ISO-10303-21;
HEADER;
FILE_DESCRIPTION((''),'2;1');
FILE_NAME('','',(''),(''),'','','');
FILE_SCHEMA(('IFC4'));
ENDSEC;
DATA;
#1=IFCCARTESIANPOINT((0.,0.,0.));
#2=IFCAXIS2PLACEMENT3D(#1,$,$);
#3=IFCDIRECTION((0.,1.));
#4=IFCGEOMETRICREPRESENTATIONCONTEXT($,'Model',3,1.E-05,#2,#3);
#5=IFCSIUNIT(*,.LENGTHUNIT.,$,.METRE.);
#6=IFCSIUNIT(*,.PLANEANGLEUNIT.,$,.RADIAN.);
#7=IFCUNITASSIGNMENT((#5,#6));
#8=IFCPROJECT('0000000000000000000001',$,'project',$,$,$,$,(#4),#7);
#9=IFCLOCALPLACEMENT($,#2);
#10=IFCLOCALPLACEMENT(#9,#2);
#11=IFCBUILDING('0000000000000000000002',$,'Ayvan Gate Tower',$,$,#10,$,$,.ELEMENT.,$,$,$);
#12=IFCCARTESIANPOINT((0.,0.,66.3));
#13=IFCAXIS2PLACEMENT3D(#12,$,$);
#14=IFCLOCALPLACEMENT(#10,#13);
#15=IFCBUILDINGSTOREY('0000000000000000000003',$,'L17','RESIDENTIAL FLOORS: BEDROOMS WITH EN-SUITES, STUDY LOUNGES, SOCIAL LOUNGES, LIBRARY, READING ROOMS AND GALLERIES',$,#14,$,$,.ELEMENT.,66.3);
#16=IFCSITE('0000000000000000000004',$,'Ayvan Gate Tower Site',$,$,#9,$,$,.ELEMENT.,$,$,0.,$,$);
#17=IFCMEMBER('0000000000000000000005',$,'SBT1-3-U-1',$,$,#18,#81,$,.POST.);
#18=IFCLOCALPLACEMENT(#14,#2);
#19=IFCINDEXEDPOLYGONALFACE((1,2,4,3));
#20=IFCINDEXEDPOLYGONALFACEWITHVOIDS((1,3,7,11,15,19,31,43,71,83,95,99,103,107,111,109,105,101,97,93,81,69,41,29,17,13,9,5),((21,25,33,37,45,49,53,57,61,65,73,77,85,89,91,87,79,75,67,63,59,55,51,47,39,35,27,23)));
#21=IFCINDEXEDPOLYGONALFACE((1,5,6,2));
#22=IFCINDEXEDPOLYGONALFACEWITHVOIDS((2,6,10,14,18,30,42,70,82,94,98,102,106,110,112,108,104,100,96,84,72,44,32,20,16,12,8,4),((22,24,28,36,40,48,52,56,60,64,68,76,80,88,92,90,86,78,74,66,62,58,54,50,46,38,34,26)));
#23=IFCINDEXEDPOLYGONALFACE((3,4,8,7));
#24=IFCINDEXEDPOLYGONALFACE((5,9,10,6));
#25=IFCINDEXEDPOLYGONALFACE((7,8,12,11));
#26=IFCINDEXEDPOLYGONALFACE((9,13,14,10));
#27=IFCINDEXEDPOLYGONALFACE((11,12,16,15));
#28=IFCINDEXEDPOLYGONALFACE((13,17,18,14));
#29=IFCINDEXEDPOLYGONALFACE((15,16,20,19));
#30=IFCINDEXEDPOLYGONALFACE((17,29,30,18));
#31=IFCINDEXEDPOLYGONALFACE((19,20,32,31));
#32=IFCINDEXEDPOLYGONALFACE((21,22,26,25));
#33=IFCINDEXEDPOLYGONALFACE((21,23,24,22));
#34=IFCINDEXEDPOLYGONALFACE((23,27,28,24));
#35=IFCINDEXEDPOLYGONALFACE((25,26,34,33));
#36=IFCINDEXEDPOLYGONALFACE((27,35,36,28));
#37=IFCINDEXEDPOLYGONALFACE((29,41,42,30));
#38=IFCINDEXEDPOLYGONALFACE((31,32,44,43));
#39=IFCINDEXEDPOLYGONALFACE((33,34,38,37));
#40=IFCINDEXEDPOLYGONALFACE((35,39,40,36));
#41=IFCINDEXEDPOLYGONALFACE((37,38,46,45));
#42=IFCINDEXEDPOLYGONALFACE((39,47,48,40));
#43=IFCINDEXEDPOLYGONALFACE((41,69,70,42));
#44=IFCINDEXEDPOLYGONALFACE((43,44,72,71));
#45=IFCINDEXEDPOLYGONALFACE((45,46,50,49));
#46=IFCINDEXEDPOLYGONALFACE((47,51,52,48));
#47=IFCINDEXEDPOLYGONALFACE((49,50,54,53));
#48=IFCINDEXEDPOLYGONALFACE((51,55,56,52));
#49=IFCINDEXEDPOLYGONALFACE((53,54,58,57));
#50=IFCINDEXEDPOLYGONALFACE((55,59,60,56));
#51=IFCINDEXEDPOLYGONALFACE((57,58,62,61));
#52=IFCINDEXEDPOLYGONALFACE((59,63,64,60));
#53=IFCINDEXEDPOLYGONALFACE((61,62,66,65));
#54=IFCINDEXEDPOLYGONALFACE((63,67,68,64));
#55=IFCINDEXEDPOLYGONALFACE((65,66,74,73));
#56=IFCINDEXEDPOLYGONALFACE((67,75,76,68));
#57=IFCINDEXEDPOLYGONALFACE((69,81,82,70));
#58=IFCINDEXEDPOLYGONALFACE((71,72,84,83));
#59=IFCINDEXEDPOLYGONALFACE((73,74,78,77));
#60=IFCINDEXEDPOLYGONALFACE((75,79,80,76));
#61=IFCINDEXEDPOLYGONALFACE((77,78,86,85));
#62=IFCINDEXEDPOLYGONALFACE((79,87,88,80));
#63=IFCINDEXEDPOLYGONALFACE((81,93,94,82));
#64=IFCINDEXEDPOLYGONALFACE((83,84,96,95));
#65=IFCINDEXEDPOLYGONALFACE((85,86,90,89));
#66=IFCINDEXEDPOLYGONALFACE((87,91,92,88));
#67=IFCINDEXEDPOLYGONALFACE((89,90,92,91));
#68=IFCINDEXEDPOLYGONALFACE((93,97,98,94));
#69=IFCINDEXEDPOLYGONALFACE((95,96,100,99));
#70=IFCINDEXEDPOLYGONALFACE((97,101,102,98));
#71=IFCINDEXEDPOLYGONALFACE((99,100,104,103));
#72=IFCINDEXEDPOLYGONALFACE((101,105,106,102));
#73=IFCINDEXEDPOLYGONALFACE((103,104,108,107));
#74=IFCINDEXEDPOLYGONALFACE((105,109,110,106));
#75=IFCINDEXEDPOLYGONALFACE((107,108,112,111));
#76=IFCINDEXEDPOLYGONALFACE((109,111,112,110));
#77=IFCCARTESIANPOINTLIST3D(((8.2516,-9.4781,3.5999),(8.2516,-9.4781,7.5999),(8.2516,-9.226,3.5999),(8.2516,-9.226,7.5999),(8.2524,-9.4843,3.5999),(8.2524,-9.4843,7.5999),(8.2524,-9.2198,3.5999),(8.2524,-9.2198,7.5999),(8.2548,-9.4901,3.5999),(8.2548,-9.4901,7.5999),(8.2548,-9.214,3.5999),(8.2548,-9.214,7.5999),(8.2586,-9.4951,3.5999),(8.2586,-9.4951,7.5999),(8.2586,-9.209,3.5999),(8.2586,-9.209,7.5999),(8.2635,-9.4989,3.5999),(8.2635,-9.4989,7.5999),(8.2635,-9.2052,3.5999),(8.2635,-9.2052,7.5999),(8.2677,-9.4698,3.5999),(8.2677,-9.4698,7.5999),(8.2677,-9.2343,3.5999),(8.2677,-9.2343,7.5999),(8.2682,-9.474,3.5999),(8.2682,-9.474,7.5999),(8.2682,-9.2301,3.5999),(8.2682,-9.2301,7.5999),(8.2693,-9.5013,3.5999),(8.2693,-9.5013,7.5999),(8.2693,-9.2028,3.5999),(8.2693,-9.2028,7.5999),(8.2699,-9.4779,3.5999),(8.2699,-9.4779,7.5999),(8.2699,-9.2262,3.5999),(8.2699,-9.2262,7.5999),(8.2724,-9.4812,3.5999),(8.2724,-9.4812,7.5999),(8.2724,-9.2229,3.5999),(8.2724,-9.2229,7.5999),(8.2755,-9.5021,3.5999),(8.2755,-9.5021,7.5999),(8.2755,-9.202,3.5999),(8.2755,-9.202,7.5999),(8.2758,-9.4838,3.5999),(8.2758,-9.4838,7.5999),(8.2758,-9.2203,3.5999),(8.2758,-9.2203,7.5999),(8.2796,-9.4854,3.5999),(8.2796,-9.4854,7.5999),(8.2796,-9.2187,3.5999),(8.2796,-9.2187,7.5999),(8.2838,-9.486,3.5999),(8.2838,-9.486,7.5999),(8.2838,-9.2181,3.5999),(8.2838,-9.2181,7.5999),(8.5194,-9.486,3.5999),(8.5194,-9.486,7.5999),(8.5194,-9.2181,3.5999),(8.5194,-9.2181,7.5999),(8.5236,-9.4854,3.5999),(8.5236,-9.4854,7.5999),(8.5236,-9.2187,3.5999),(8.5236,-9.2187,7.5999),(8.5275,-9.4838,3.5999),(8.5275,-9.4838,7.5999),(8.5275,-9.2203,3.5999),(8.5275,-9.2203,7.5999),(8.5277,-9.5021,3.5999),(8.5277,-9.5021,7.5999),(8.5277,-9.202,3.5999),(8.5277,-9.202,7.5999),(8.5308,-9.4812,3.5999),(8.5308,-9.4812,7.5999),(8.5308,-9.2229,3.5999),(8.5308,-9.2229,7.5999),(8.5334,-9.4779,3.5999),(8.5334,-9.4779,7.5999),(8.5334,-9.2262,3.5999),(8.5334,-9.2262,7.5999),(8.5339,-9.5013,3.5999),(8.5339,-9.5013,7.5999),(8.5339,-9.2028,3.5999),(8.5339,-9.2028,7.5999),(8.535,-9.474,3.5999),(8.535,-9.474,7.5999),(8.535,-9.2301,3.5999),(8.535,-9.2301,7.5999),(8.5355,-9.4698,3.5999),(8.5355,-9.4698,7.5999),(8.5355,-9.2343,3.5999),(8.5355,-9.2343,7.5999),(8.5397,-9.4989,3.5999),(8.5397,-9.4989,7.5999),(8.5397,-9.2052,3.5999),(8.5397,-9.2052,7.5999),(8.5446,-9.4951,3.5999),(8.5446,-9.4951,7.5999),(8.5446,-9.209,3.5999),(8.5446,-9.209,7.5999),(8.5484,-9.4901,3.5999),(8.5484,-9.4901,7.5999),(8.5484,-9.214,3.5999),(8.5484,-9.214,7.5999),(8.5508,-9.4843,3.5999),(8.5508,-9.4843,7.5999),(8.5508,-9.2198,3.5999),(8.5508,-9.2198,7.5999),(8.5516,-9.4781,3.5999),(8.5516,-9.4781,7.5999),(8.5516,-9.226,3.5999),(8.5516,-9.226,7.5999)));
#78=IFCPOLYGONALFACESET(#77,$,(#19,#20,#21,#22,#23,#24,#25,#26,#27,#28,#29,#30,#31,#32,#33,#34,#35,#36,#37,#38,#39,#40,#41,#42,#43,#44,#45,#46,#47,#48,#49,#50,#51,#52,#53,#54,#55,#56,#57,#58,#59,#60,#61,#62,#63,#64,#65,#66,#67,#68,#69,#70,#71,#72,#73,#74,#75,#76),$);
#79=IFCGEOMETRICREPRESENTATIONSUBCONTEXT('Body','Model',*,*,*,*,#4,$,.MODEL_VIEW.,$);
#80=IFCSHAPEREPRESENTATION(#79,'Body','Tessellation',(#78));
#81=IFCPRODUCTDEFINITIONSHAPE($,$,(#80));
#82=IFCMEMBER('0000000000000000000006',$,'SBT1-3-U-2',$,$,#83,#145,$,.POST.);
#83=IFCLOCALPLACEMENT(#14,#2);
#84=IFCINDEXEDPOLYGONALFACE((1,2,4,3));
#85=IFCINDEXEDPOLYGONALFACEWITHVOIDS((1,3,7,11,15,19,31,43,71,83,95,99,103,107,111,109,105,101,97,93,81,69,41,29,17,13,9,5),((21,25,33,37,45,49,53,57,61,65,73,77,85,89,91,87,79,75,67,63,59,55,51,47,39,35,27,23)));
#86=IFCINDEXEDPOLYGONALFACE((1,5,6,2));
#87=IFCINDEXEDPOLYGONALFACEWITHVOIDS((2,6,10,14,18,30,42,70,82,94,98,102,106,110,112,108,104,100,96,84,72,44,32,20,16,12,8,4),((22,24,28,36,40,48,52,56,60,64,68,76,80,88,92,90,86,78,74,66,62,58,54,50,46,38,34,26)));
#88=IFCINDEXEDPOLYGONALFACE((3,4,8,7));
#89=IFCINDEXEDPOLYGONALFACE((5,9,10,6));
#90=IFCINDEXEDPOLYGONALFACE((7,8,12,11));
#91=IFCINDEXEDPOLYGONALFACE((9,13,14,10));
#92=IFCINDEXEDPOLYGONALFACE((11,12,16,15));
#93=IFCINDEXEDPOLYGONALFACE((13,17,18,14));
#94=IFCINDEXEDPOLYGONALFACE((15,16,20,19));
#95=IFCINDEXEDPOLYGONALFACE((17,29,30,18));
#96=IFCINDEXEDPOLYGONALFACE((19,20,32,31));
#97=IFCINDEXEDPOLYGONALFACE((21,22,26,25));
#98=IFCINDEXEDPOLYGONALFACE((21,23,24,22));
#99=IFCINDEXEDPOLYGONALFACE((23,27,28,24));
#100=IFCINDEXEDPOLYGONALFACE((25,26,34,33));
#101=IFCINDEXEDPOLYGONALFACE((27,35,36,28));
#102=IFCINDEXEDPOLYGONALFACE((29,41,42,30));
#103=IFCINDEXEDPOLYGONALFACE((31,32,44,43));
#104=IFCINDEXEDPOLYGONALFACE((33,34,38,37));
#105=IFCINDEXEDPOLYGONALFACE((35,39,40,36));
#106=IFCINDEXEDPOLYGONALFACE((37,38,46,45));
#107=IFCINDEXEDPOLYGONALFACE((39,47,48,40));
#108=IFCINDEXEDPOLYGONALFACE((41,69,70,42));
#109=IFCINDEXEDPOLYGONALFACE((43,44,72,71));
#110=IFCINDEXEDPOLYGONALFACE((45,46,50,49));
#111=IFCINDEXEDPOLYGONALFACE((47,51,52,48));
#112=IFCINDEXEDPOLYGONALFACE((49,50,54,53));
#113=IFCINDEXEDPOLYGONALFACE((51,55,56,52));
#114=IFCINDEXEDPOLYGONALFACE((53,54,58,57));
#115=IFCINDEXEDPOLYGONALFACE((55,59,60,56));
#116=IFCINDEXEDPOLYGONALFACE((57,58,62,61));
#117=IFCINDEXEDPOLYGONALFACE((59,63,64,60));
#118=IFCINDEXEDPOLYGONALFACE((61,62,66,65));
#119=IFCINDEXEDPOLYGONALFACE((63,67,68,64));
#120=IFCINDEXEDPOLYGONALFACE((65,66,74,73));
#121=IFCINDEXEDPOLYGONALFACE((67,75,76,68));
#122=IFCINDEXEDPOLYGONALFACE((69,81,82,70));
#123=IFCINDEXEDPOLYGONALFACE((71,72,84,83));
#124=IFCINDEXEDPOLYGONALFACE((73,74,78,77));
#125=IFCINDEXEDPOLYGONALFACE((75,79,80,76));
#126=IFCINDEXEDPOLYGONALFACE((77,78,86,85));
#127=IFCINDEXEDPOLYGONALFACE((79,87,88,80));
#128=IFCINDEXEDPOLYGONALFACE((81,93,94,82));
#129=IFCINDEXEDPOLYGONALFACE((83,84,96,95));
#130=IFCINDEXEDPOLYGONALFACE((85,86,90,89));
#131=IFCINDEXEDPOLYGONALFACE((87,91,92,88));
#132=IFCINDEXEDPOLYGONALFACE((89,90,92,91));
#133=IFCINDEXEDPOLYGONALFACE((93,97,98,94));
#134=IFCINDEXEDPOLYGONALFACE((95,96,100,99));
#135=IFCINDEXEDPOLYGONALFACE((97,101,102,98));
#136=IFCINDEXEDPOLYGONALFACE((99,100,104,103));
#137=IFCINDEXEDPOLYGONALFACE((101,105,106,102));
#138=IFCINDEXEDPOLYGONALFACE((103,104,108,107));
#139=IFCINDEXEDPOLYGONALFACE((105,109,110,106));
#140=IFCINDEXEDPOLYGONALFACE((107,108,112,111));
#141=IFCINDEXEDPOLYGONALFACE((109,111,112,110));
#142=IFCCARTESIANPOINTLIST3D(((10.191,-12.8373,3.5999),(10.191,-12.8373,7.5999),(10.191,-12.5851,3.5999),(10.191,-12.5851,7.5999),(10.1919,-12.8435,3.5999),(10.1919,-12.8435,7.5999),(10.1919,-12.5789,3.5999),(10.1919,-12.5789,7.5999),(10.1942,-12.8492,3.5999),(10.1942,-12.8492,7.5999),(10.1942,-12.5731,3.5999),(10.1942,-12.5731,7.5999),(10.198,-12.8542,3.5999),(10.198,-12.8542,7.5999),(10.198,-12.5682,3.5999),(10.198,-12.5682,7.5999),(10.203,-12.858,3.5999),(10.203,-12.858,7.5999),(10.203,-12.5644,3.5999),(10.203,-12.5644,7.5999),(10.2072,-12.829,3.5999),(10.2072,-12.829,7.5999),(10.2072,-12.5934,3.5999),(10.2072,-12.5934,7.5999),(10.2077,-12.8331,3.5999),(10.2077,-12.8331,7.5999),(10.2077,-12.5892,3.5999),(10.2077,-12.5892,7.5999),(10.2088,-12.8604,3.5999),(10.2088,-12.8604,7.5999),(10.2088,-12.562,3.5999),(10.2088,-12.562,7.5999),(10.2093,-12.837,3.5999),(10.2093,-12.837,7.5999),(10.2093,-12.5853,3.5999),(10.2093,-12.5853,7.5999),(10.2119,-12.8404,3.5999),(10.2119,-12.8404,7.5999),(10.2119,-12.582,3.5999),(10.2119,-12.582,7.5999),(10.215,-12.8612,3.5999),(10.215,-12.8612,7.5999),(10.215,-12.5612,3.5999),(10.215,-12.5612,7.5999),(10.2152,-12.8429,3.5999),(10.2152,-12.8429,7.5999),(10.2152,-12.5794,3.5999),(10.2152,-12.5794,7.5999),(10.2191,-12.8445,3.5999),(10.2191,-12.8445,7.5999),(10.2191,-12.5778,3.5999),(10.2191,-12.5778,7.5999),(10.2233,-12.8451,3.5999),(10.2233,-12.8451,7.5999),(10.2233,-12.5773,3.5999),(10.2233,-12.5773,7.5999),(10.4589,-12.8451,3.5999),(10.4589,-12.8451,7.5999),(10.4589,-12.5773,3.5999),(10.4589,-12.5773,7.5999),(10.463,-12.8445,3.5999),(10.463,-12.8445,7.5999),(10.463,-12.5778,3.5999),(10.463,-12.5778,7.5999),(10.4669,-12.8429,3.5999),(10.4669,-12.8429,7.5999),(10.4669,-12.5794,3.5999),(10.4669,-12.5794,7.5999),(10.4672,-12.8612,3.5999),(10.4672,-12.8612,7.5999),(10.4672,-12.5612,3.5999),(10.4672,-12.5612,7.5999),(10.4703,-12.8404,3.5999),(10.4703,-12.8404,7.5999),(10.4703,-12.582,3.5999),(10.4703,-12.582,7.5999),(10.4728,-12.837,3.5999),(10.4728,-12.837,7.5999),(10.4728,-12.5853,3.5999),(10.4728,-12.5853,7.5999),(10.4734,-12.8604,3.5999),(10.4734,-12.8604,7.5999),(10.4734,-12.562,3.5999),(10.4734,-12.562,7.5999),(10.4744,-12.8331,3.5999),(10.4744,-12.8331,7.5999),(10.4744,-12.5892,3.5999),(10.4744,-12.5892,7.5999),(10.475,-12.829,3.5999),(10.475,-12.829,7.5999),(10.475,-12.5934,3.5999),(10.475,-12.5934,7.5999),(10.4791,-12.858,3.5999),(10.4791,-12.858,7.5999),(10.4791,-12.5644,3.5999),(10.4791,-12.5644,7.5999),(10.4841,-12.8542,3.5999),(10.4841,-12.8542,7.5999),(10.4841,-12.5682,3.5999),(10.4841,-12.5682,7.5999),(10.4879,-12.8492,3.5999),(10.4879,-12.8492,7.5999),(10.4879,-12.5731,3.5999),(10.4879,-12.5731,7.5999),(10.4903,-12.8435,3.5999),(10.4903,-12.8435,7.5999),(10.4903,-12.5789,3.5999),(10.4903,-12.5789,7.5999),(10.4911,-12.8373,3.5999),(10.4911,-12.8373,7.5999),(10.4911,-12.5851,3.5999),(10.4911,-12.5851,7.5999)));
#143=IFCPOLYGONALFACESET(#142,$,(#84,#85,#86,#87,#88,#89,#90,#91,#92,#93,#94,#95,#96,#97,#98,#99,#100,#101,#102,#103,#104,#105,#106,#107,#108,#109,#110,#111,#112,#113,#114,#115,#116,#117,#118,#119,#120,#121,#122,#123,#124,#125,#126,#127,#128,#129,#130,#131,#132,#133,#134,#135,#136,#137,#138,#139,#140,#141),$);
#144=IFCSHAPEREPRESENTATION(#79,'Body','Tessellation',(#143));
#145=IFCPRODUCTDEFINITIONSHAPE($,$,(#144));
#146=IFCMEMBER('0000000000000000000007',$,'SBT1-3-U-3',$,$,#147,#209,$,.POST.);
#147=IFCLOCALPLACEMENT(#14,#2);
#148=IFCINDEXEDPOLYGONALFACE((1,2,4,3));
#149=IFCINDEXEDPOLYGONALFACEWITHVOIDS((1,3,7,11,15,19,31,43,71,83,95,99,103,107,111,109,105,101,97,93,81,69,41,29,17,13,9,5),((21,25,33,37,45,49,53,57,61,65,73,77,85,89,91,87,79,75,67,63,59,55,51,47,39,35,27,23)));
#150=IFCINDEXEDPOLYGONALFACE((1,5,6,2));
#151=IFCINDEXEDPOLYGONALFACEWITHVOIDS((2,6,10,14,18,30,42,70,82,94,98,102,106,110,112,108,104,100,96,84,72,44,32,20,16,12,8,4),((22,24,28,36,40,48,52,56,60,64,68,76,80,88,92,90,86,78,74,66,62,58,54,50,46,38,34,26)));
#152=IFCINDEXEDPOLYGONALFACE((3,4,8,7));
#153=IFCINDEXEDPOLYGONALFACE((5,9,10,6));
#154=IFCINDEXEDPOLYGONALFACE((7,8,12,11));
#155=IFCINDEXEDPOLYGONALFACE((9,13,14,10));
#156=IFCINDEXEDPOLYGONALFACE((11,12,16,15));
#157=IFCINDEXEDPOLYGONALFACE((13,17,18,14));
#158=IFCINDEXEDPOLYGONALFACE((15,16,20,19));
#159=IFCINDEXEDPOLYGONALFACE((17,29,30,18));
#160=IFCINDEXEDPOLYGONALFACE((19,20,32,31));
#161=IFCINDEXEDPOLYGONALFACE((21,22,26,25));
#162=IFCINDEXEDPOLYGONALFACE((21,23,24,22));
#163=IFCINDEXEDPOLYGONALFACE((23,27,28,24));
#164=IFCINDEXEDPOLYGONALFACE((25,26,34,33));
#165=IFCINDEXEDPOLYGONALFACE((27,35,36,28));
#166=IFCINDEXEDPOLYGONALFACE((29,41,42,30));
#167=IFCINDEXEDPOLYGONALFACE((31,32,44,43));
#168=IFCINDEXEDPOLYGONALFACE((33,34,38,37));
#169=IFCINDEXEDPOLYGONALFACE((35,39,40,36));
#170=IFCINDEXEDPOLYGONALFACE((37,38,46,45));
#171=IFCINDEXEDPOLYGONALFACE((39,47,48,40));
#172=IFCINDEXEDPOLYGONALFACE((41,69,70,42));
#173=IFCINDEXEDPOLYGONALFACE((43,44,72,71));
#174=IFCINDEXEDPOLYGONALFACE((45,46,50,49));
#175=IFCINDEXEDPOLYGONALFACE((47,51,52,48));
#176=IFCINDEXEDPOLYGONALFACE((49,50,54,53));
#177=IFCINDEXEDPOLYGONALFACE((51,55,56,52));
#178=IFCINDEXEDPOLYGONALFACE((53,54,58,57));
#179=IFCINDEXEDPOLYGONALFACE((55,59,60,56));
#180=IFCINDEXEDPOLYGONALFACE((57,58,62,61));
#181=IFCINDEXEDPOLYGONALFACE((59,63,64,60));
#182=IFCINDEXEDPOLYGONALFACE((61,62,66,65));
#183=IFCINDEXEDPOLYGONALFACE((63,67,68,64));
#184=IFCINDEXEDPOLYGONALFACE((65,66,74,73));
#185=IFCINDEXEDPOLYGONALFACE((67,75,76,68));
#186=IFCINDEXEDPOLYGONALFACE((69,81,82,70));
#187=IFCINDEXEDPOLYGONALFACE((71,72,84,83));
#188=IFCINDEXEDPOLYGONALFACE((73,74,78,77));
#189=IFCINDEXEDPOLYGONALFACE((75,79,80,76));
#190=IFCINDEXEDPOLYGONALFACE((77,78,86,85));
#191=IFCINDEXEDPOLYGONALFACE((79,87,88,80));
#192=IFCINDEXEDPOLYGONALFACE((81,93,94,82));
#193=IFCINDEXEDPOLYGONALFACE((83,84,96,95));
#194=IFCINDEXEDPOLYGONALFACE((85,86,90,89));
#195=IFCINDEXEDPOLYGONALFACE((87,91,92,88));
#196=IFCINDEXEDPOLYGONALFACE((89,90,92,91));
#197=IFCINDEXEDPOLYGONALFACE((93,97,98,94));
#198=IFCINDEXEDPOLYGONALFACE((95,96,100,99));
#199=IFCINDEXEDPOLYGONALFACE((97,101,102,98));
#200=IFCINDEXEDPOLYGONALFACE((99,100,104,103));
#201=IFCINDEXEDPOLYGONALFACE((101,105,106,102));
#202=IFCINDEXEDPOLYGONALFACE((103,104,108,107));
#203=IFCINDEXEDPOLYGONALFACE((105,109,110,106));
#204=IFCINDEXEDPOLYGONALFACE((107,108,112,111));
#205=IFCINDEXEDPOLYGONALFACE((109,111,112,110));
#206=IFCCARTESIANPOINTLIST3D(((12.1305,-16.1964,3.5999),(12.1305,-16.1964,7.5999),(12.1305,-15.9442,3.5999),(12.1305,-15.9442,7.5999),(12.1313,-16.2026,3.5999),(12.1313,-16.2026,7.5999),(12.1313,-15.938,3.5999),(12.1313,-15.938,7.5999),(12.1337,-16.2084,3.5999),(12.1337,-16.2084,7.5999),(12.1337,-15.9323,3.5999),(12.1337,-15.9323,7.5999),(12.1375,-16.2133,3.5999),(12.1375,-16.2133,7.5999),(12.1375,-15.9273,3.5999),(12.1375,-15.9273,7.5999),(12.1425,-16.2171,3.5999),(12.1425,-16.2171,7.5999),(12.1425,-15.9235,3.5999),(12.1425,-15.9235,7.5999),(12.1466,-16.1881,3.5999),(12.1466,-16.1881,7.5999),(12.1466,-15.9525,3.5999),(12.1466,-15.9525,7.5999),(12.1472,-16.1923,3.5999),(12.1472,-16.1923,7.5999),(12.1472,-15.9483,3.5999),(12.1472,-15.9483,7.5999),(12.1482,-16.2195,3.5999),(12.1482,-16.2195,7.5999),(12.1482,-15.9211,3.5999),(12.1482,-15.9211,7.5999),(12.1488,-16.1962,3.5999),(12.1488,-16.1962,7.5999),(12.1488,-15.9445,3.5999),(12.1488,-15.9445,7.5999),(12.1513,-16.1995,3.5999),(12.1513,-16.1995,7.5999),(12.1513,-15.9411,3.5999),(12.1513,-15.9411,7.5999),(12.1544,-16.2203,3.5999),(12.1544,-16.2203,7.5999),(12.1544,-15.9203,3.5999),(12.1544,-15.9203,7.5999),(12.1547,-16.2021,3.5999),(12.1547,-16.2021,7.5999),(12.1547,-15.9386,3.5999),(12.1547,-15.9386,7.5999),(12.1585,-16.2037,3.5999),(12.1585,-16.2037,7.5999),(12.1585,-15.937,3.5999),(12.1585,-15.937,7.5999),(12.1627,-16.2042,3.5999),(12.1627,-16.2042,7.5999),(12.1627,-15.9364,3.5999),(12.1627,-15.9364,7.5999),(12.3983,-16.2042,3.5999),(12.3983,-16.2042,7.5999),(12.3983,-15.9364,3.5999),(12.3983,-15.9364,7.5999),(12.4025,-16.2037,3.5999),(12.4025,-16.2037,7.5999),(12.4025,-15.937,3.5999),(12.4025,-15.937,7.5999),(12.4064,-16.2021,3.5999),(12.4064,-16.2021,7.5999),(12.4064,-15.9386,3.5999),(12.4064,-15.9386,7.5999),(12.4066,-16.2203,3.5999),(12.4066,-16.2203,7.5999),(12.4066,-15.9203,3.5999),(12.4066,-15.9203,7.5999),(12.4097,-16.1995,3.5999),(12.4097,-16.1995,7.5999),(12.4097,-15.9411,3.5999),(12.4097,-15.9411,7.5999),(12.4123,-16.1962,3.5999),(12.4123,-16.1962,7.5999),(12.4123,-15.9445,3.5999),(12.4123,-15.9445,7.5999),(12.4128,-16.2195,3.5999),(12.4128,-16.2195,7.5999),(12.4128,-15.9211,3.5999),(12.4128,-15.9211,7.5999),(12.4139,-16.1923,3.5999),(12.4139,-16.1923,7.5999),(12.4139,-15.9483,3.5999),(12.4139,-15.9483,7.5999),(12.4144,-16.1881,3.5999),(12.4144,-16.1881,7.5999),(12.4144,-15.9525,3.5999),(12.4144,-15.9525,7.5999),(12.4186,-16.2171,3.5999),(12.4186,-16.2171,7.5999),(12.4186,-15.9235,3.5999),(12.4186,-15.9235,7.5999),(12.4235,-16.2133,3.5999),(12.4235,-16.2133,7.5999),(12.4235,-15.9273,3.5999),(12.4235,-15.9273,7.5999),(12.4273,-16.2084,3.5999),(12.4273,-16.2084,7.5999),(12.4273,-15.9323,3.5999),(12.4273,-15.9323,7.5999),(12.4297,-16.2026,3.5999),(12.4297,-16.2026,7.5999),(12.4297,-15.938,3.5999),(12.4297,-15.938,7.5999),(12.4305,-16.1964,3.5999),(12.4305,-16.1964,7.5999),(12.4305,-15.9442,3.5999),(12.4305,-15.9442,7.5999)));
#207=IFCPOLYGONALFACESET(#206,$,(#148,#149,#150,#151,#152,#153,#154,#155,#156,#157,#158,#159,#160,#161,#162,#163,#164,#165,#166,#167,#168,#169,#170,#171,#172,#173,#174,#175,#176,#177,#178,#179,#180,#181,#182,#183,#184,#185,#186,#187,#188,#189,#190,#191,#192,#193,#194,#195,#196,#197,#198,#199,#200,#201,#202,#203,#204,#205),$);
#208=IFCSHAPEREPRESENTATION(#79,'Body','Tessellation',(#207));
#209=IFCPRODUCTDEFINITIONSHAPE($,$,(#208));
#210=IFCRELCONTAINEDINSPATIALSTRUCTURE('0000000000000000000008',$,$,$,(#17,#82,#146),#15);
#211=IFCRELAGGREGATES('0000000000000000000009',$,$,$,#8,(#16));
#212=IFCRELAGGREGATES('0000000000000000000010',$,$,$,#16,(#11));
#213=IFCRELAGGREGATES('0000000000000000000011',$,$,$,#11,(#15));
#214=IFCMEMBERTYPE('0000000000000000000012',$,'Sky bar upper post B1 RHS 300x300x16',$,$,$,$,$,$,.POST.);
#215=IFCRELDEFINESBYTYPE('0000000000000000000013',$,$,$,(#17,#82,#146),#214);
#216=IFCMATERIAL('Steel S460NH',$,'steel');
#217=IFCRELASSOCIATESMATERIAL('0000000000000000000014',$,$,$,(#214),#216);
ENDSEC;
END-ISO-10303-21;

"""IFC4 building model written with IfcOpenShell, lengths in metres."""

from ifc_helpers import new_model, si_unit, direction, frame, origin, origin_2d, place, context, subcontext, project, spatial, hollow_rectangle, extrude, material, material_profile, profile_set, type_object, element, save


model = new_model("IFC4")

# Units and contexts
model_context = context("Model", 3, precision=1e-05, world=origin(), true_north=direction((0.0, 1.0)))
body_context = subcontext(model_context, "Body", "Model", "MODEL_VIEW")
ifc_project = project(units=[si_unit("LENGTHUNIT", "METRE"), si_unit("PLANEANGLEUNIT", "RADIAN")], contexts=[model_context])

# Site, building, storey
site_placement = place(None, origin())
site = spatial("IfcSite", under=ifc_project, at=site_placement, Name="Ayvan Gate Tower Site", CompositionType="ELEMENT", RefElevation=0.0)
building_placement = place(site_placement, origin())
building = spatial("IfcBuilding", under=site, at=building_placement, Name="Ayvan Gate Tower", CompositionType="ELEMENT")
storey_placement = place(building_placement, frame((0.0, 0.0, 66.3)))
storey = spatial("IfcBuildingStorey", under=building, at=storey_placement, Name="L17", Description="RESIDENTIAL FLOORS: BEDROOMS WITH EN-SUITES, STUDY LOUNGES, SOCIAL LOUNGES, LIBRARY, READING ROOMS AND GALLERIES", CompositionType="ELEMENT", Elevation=66.3)

# Members
ifc_material_1 = material(Name="Steel S460NH", Category="steel")
ifc_material_profile_1 = material_profile(ifc_material_1, hollow_rectangle(XDim=0.3, YDim=0.3, WallThickness=0.0161, InnerFilletRadius=0.0161, OuterFilletRadius=0.0239, at=origin_2d()), Name="RHS 300x300x16")
ifc_profile_set_1 = profile_set([ifc_material_profile_1], Name="Steel S460NH")
member_type_1 = type_object("IfcMemberType", Name="Sky bar upper post B1 RHS 300x300x16", PredefinedType="POST", material=ifc_profile_set_1)
for number, where, z_axis, x_axis, name in (
    (1, (8.4016, -9.3521, 3.5999), (0.0, 0.0, 1.0), (1.0, 0.0, 0.0), "SBT1-3-U-1"),
    (2, (10.3411, -12.7112, 3.5999), (0.0, 0.0, 1.0), (1.0, 0.0, 0.0), "SBT1-3-U-2"),
    (3, (12.2805, -16.0703, 3.5999), (0.0, 0.0, 1.0), (1.0, 0.0, 0.0), "SBT1-3-U-3"),
):
    element("IfcMember", number, at=place(storey_placement, frame(where, z_axis=z_axis, x_axis=x_axis)), inside=storey, type_object=member_type_1, Name=name, PredefinedType="POST", context=body_context, shape_type="SweptSolid", body=[
        extrude(hollow_rectangle(XDim=0.3, YDim=0.3, WallThickness=0.0161, InnerFilletRadius=0.0161, OuterFilletRadius=0.0239, at=origin_2d()), origin(), (0.0, 0.0, 1.0), 4.0),
    ])

save(model, "model.ifc")
